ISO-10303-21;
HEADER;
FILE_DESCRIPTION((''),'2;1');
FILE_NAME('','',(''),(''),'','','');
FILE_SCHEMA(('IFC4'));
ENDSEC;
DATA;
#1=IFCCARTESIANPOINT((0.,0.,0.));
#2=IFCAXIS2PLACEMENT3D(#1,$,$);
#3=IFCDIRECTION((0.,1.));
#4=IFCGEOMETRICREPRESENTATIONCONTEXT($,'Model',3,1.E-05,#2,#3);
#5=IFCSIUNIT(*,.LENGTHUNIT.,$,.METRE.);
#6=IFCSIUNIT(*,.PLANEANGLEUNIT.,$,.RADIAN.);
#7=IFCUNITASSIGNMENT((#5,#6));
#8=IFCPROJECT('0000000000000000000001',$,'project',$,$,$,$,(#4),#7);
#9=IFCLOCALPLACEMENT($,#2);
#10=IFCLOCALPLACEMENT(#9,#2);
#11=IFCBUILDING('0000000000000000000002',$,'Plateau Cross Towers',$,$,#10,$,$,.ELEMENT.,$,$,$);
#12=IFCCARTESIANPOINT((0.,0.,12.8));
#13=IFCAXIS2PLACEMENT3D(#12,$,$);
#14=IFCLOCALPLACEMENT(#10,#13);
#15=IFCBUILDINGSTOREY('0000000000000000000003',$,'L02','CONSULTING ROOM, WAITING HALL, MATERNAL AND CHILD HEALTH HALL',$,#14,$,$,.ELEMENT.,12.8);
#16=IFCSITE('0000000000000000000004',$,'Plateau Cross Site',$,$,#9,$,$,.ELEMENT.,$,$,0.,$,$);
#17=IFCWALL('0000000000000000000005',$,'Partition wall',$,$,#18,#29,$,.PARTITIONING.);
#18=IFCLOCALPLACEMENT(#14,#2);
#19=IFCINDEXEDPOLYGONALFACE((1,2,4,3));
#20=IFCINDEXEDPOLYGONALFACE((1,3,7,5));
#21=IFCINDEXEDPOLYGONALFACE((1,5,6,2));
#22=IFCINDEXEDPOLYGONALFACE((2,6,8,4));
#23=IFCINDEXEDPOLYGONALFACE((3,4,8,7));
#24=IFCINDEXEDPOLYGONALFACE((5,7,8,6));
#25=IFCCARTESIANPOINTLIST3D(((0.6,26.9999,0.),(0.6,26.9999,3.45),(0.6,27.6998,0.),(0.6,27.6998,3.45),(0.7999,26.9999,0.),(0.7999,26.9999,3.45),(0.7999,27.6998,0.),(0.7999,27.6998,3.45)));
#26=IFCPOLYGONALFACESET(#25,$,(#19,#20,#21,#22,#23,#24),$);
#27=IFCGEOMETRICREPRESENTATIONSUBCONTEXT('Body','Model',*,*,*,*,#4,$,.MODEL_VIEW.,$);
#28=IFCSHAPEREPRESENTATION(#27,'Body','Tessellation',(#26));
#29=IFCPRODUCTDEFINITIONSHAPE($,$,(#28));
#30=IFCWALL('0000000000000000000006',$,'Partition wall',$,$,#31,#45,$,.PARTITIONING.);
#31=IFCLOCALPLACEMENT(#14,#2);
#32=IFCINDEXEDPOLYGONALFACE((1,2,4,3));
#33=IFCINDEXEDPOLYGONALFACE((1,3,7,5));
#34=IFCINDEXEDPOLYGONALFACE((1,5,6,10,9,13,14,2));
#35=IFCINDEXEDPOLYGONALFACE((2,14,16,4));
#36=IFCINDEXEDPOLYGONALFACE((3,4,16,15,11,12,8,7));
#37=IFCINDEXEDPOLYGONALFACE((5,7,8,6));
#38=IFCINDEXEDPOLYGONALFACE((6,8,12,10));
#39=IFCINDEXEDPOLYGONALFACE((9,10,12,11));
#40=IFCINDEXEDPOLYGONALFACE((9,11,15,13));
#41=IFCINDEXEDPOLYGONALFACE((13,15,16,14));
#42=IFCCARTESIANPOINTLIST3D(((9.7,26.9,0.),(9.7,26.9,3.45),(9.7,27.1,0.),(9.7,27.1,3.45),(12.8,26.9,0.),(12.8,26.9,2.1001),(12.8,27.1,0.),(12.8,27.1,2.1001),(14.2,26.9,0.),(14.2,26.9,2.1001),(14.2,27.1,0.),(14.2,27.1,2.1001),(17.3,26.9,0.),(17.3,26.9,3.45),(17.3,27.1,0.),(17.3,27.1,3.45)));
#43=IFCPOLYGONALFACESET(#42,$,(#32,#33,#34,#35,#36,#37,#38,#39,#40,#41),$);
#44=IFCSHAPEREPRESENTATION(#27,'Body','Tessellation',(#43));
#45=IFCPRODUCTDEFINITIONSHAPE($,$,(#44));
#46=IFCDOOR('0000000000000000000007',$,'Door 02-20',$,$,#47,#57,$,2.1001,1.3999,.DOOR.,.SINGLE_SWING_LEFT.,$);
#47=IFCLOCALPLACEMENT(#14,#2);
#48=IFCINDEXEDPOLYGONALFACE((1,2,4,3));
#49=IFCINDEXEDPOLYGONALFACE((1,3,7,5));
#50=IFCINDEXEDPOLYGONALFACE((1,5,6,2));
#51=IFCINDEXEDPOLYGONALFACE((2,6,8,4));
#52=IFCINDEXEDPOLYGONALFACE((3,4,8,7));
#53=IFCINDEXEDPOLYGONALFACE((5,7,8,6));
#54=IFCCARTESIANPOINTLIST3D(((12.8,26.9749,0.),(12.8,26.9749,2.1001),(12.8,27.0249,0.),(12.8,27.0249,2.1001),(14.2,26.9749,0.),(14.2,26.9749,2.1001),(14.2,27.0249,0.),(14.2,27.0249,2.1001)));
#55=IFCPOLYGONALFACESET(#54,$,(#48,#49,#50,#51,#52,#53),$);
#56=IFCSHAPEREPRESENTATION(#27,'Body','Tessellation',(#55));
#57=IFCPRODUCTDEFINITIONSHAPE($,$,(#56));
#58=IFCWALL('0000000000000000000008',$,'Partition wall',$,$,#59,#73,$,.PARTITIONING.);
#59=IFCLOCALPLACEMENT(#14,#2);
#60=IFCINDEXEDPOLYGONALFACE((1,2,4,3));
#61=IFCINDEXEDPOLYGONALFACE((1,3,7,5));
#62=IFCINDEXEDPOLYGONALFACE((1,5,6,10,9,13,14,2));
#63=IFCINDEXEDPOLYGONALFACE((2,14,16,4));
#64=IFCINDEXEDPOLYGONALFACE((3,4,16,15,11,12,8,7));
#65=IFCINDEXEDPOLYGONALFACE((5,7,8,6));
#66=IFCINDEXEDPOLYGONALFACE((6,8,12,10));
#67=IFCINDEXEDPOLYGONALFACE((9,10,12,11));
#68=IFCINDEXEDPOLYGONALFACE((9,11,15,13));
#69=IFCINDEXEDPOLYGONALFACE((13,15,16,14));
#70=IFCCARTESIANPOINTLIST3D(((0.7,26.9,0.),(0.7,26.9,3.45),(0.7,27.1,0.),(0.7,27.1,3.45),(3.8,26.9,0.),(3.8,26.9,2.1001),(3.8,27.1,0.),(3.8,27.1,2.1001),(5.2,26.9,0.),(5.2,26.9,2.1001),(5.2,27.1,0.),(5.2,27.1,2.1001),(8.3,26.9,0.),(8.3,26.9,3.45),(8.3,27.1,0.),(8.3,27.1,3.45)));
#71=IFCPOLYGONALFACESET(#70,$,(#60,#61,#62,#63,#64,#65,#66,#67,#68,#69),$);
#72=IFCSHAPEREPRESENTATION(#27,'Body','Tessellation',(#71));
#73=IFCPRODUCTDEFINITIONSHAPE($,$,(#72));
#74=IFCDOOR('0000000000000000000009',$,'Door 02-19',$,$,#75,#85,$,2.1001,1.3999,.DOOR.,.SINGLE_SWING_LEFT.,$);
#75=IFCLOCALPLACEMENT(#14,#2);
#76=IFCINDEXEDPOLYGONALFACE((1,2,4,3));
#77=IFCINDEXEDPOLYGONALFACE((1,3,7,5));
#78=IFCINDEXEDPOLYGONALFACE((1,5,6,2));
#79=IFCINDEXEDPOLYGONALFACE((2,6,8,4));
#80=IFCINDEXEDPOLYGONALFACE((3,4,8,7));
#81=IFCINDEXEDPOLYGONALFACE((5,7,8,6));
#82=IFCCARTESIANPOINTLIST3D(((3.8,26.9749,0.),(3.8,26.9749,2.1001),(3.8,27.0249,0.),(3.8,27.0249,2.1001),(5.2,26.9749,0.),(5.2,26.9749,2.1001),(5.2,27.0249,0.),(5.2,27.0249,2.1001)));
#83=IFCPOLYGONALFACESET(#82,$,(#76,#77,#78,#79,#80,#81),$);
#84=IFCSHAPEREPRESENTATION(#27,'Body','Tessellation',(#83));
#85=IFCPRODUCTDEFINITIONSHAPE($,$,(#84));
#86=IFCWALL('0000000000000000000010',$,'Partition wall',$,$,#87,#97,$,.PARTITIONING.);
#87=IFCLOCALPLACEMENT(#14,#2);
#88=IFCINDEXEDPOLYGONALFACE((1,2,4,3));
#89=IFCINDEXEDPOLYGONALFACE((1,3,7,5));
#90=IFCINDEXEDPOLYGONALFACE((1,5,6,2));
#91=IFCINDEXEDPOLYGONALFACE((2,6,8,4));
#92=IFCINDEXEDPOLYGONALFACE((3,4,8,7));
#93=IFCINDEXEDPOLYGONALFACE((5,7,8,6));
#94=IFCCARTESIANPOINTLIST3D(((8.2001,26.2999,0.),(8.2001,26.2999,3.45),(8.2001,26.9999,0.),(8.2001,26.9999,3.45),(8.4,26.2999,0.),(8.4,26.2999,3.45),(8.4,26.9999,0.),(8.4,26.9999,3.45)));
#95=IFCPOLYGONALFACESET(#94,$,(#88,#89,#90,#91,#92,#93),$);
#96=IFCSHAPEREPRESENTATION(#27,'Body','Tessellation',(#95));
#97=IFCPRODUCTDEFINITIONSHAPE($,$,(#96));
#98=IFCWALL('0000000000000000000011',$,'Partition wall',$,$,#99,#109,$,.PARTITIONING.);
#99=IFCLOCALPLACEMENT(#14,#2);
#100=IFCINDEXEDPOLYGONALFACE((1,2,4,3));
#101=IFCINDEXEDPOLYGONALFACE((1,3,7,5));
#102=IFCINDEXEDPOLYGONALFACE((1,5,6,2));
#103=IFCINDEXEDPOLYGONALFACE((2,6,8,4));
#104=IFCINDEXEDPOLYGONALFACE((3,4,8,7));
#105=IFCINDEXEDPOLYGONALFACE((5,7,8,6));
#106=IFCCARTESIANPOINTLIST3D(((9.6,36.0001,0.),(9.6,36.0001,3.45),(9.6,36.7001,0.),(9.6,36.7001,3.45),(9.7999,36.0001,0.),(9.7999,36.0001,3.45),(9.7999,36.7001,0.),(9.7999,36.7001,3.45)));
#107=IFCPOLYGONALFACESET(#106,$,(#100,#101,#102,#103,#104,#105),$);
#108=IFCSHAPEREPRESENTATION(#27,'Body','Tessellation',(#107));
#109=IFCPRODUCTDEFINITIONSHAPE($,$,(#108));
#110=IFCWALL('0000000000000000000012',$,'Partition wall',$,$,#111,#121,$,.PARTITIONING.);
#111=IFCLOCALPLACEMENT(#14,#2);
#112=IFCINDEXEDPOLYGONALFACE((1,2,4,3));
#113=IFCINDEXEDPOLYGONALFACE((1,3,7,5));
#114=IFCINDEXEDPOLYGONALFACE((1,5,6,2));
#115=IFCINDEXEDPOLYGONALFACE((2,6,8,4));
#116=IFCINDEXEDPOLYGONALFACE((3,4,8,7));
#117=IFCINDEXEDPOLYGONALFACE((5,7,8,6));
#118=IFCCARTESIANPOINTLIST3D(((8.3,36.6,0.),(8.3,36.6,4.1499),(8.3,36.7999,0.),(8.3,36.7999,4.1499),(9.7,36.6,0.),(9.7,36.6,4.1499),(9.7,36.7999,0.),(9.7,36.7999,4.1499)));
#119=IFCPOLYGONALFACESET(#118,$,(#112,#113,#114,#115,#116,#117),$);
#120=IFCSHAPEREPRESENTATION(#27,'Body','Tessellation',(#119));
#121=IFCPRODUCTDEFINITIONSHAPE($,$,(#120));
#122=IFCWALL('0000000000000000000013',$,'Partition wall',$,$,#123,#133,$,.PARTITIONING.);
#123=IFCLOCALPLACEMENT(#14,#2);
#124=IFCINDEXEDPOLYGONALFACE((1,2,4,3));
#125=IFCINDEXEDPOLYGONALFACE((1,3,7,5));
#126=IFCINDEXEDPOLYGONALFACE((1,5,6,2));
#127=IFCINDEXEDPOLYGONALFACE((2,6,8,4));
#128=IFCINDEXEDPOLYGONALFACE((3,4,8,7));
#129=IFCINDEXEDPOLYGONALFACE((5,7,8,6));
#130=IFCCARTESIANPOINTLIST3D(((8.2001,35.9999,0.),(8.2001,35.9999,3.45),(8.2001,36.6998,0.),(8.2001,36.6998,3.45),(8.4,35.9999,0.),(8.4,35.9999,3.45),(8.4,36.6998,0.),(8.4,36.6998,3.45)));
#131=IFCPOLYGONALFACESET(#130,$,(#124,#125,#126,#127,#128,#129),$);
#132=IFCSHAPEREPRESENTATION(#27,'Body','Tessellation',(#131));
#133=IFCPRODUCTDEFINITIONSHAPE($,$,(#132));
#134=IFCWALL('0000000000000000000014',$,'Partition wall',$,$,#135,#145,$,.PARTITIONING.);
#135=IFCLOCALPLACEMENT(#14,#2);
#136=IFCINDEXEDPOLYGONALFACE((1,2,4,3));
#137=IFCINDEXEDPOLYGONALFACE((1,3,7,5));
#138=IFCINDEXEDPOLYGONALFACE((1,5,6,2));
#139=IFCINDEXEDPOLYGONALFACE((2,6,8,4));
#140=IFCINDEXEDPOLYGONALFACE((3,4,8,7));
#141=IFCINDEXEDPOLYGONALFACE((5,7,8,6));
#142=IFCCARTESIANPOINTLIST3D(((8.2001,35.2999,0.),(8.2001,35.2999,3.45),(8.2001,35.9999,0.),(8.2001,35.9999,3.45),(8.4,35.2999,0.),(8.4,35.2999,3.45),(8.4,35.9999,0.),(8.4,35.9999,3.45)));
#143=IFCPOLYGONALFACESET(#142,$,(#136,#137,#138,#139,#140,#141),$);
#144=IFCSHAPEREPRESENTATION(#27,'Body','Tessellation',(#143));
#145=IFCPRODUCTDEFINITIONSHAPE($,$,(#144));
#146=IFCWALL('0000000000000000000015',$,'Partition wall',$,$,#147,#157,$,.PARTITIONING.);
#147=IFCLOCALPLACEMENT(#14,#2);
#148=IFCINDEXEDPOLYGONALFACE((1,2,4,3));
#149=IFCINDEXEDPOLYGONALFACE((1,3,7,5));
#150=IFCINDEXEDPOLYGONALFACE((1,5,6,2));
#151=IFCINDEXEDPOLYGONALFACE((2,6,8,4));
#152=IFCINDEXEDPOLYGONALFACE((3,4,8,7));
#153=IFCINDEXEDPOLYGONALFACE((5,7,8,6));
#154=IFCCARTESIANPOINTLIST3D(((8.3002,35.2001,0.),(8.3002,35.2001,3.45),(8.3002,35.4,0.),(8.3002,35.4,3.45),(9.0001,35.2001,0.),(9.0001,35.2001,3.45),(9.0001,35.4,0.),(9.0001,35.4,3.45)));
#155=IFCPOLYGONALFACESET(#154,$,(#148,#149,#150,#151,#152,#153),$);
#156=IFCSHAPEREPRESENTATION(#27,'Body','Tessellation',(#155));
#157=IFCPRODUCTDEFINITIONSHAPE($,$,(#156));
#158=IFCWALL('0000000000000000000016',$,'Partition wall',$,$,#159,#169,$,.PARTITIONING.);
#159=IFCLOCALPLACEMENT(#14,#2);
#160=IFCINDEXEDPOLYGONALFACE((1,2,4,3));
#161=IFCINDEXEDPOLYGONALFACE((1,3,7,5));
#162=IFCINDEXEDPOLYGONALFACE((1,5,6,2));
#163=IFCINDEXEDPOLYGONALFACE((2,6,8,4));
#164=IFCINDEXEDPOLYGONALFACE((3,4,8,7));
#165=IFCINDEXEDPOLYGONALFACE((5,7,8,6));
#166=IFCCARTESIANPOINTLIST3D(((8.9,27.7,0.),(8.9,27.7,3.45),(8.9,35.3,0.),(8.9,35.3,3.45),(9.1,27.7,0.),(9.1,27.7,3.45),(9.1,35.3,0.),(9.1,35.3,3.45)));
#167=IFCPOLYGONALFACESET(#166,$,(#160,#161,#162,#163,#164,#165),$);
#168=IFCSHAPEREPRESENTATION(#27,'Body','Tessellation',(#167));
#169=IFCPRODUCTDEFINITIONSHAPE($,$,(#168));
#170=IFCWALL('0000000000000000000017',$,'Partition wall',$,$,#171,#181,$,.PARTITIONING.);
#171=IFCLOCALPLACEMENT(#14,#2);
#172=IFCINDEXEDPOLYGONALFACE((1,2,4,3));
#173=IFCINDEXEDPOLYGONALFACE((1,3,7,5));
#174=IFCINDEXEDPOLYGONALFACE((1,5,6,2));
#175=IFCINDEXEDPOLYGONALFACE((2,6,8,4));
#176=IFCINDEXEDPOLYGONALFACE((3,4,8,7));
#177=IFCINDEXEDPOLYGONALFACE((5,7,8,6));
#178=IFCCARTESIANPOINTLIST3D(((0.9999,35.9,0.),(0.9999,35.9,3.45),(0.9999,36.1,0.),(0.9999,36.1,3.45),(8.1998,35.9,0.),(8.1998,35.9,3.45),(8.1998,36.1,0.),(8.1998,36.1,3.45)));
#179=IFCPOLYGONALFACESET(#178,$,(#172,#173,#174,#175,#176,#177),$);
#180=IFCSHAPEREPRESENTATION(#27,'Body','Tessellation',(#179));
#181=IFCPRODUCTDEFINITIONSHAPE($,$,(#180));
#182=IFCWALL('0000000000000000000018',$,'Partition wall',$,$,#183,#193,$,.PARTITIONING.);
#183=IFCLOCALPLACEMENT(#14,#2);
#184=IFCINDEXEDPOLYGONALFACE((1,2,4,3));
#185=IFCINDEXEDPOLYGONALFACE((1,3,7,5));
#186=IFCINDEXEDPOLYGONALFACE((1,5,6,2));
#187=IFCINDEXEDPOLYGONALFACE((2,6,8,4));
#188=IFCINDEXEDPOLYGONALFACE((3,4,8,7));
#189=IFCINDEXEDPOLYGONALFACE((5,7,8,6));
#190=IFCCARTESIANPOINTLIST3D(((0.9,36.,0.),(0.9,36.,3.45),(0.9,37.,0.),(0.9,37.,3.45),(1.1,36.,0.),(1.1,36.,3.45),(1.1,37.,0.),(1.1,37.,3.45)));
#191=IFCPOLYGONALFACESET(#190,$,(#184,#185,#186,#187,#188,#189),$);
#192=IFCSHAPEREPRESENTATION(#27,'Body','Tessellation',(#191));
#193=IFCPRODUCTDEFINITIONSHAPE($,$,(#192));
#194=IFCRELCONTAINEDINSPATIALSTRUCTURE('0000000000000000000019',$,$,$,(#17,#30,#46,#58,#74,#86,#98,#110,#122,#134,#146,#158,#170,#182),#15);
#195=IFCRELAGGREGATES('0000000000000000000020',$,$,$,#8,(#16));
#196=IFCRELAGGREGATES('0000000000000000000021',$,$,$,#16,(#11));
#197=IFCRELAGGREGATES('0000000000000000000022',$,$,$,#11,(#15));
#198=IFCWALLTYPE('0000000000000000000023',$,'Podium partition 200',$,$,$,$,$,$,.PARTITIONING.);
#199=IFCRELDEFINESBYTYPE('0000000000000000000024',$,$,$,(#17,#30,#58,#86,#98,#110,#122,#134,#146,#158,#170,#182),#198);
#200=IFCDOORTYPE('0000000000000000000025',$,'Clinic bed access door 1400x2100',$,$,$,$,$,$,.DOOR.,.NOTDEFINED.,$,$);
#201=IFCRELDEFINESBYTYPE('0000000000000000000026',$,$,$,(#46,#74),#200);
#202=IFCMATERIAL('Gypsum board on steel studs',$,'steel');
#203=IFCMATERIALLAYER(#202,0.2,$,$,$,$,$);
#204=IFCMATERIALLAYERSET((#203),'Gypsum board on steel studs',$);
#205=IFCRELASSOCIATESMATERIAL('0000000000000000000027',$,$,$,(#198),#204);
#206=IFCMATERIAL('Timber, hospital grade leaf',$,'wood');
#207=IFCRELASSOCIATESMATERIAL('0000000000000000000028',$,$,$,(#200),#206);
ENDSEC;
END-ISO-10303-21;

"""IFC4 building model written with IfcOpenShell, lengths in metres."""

from ifc_helpers import new_model, si_unit, direction, frame, frame_2d, origin, place, context, subcontext, project, spatial, rectangle, extrude, material, layer, layer_set, type_object, element, fill, save


model = new_model("IFC4")

# Units and contexts
model_context = context("Model", 3, precision=1e-05, world=origin(), true_north=direction((0.0, 1.0)))
body_context = subcontext(model_context, "Body", "Model", "MODEL_VIEW")
ifc_project = project(units=[si_unit("LENGTHUNIT", "METRE"), si_unit("PLANEANGLEUNIT", "RADIAN")], contexts=[model_context])

# Site, building, storey
site_placement = place(None, origin())
site = spatial("IfcSite", under=ifc_project, at=site_placement, Name="Plateau Cross Site", CompositionType="ELEMENT", RefElevation=0.0)
building_placement = place(site_placement, origin())
building = spatial("IfcBuilding", under=site, at=building_placement, Name="Plateau Cross Towers", CompositionType="ELEMENT")
storey_placement = place(building_placement, frame((0.0, 0.0, 12.8)))
storey = spatial("IfcBuildingStorey", under=building, at=storey_placement, Name="L02", Description="CONSULTING ROOM, WAITING HALL, MATERNAL AND CHILD HEALTH HALL", CompositionType="ELEMENT", Elevation=12.8)

# Wall
ifc_material_1 = material(Name="Gypsum board on steel studs", Category="steel")
ifc_layer_1 = layer(ifc_material_1, 0.2)
ifc_layer_set_1 = layer_set([ifc_layer_1], Name="Gypsum board on steel studs")
wall_type_1 = type_object("IfcWallType", Name="Podium partition 200", PredefinedType="PARTITIONING", material=ifc_layer_set_1)
for number, where, z_axis, x_axis, name in (
    (1, (0.7, 27.7, 0.0), (0.0, 0.0, 1.0), (0.0, -1.0, 0.0), "Partition wall"),
):
    element("IfcWall", number, at=place(storey_placement, frame(where, z_axis=z_axis, x_axis=x_axis)), inside=storey, type_object=wall_type_1, Name=name, PredefinedType="PARTITIONING", context=body_context, shape_type="SweptSolid", body=[
        extrude(rectangle(XDim=0.7, YDim=0.2, at=frame_2d((0.3501, 0.0))), origin(), (0.0, 0.0, 1.0), 3.45),
    ])

# Walls, openings, doors
wall_1_placement = place(storey_placement, frame((9.7, 27.0, 0.0), z_axis=(0.0, 0.0, 1.0), x_axis=(1.0, 0.0, 0.0)))
wall_1 = element("IfcWall", 2, at=wall_1_placement, inside=storey, type_object=wall_type_1, Name="Partition wall", PredefinedType="PARTITIONING", context=body_context, shape_type="SweptSolid", body=[
    extrude(rectangle(XDim=7.6001, YDim=0.2, at=frame_2d((3.8, 0.0))), origin(), (0.0, 0.0, 1.0), 3.45),
])
opening_1_placement = place(wall_1_placement, frame((3.1001, 0.0, 0.0)))
opening_1 = element("IfcOpeningElement", 3, at=opening_1_placement, cuts=wall_1, PredefinedType="OPENING", context=body_context, shape_type="SweptSolid", body=[
    extrude(rectangle(XDim=1.3999, YDim=2.1001, at=frame_2d((0.7, 1.05))), frame((0.0, 0.1099, 0.0), z_axis=(0.0, -1.0, 0.0), x_axis=(1.0, 0.0, 0.0)), (0.0, 0.0, 1.0), 0.22),
])
ifc_material_2 = material(Name="Timber, hospital grade leaf", Category="wood")
door_type_1 = type_object("IfcDoorType", Name="Clinic bed access door 1400x2100", OperationType="NOTDEFINED", PredefinedType="DOOR", material=ifc_material_2)
door_1_placement = place(opening_1_placement, origin())
door_1 = element("IfcDoor", 4, at=door_1_placement, inside=storey, type_object=door_type_1, Name="Door 02-20", OperationType="SINGLE_SWING_LEFT", OverallHeight=2.1001, OverallWidth=1.3999, PredefinedType="DOOR", context=body_context, shape_type="SweptSolid", body=[
    extrude(rectangle(XDim=1.3999, YDim=2.1001, at=frame_2d((0.7, 1.05))), frame((0.0, 0.0249, 0.0), z_axis=(0.0, -1.0, 0.0), x_axis=(1.0, 0.0, 0.0)), (0.0, 0.0, 1.0), 0.05),
])
fill(opening_1, door_1)
wall_2_placement = place(storey_placement, frame((0.7, 27.0, 0.0), z_axis=(0.0, 0.0, 1.0), x_axis=(1.0, 0.0, 0.0)))
wall_2 = element("IfcWall", 5, at=wall_2_placement, inside=storey, type_object=wall_type_1, Name="Partition wall", PredefinedType="PARTITIONING", context=body_context, shape_type="SweptSolid", body=[
    extrude(rectangle(XDim=7.6001, YDim=0.2, at=frame_2d((3.8, 0.0))), origin(), (0.0, 0.0, 1.0), 3.45),
])
opening_2_placement = place(wall_2_placement, frame((3.1001, 0.0, 0.0)))
opening_2 = element("IfcOpeningElement", 6, at=opening_2_placement, cuts=wall_2, PredefinedType="OPENING", context=body_context, shape_type="SweptSolid", body=[
    extrude(rectangle(XDim=1.3999, YDim=2.1001, at=frame_2d((0.7, 1.05))), frame((0.0, 0.1099, 0.0), z_axis=(0.0, -1.0, 0.0), x_axis=(1.0, 0.0, 0.0)), (0.0, 0.0, 1.0), 0.22),
])
door_2_placement = place(opening_2_placement, origin())
door_2 = element("IfcDoor", 7, at=door_2_placement, inside=storey, type_object=door_type_1, Name="Door 02-19", OperationType="SINGLE_SWING_LEFT", OverallHeight=2.1001, OverallWidth=1.3999, PredefinedType="DOOR", context=body_context, shape_type="SweptSolid", body=[
    extrude(rectangle(XDim=1.3999, YDim=2.1001, at=frame_2d((0.7, 1.05))), frame((0.0, 0.0249, 0.0), z_axis=(0.0, -1.0, 0.0), x_axis=(1.0, 0.0, 0.0)), (0.0, 0.0, 1.0), 0.05),
])
fill(opening_2, door_2)

# Walls
for number, where, z_axis, x_axis, name in (
    (8, (8.3, 27.0, 0.0), (0.0, 0.0, 1.0), (0.0, -1.0, 0.0), "Partition wall"),
    (9, (9.7, 36.0, 0.0), (0.0, 0.0, 1.0), (0.0, 1.0, 0.0), "Partition wall"),
):
    element("IfcWall", number, at=place(storey_placement, frame(where, z_axis=z_axis, x_axis=x_axis)), inside=storey, type_object=wall_type_1, Name=name, PredefinedType="PARTITIONING", context=body_context, shape_type="SweptSolid", body=[
        extrude(rectangle(XDim=0.7, YDim=0.2, at=frame_2d((0.3501, 0.0))), origin(), (0.0, 0.0, 1.0), 3.45),
    ])
wall_3_placement = place(storey_placement, frame((9.7, 36.7, 0.0), z_axis=(0.0, 0.0, 1.0), x_axis=(-1.0, 0.0, 0.0)))
element("IfcWall", 10, at=wall_3_placement, inside=storey, type_object=wall_type_1, Name="Partition wall", PredefinedType="PARTITIONING", context=body_context, shape_type="SweptSolid", body=[
    extrude(rectangle(XDim=1.3999, YDim=0.2, at=frame_2d((0.7, 0.0))), origin(), (0.0, 0.0, 1.0), 4.1499),
])
for number, where, z_axis, x_axis, name in (
    (11, (8.3, 36.7, 0.0), (0.0, 0.0, 1.0), (0.0, -1.0, 0.0), "Partition wall"),
    (12, (8.3, 36.0, 0.0), (0.0, 0.0, 1.0), (0.0, -1.0, 0.0), "Partition wall"),
    (13, (8.3, 35.3, 0.0), (0.0, 0.0, 1.0), (1.0, 0.0, 0.0), "Partition wall"),
):
    element("IfcWall", number, at=place(storey_placement, frame(where, z_axis=z_axis, x_axis=x_axis)), inside=storey, type_object=wall_type_1, Name=name, PredefinedType="PARTITIONING", context=body_context, shape_type="SweptSolid", body=[
        extrude(rectangle(XDim=0.7, YDim=0.2, at=frame_2d((0.3501, 0.0))), origin(), (0.0, 0.0, 1.0), 3.45),
    ])
wall_4_placement = place(storey_placement, frame((9.0, 35.3, 0.0), z_axis=(0.0, 0.0, 1.0), x_axis=(0.0, -1.0, 0.0)))
element("IfcWall", 14, at=wall_4_placement, inside=storey, type_object=wall_type_1, Name="Partition wall", PredefinedType="PARTITIONING", context=body_context, shape_type="SweptSolid", body=[
    extrude(rectangle(XDim=7.6001, YDim=0.2, at=frame_2d((3.8, 0.0))), origin(), (0.0, 0.0, 1.0), 3.45),
])
wall_5_placement = place(storey_placement, frame((8.2, 36.0, 0.0), z_axis=(0.0, 0.0, 1.0), x_axis=(-1.0, 0.0, 0.0)))
element("IfcWall", 15, at=wall_5_placement, inside=storey, type_object=wall_type_1, Name="Partition wall", PredefinedType="PARTITIONING", context=body_context, shape_type="SweptSolid", body=[
    extrude(rectangle(XDim=7.2, YDim=0.2, at=frame_2d((3.6001, 0.0))), origin(), (0.0, 0.0, 1.0), 3.45),
])
wall_6_placement = place(storey_placement, frame((1.0, 36.0, 0.0), z_axis=(0.0, 0.0, 1.0), x_axis=(0.0, 1.0, 0.0)))
element("IfcWall", 16, at=wall_6_placement, inside=storey, type_object=wall_type_1, Name="Partition wall", PredefinedType="PARTITIONING", context=body_context, shape_type="SweptSolid", body=[
    extrude(rectangle(XDim=1.0, YDim=0.2, at=frame_2d((0.5, 0.0))), origin(), (0.0, 0.0, 1.0), 3.45),
])

save(model, "model.ifc")
